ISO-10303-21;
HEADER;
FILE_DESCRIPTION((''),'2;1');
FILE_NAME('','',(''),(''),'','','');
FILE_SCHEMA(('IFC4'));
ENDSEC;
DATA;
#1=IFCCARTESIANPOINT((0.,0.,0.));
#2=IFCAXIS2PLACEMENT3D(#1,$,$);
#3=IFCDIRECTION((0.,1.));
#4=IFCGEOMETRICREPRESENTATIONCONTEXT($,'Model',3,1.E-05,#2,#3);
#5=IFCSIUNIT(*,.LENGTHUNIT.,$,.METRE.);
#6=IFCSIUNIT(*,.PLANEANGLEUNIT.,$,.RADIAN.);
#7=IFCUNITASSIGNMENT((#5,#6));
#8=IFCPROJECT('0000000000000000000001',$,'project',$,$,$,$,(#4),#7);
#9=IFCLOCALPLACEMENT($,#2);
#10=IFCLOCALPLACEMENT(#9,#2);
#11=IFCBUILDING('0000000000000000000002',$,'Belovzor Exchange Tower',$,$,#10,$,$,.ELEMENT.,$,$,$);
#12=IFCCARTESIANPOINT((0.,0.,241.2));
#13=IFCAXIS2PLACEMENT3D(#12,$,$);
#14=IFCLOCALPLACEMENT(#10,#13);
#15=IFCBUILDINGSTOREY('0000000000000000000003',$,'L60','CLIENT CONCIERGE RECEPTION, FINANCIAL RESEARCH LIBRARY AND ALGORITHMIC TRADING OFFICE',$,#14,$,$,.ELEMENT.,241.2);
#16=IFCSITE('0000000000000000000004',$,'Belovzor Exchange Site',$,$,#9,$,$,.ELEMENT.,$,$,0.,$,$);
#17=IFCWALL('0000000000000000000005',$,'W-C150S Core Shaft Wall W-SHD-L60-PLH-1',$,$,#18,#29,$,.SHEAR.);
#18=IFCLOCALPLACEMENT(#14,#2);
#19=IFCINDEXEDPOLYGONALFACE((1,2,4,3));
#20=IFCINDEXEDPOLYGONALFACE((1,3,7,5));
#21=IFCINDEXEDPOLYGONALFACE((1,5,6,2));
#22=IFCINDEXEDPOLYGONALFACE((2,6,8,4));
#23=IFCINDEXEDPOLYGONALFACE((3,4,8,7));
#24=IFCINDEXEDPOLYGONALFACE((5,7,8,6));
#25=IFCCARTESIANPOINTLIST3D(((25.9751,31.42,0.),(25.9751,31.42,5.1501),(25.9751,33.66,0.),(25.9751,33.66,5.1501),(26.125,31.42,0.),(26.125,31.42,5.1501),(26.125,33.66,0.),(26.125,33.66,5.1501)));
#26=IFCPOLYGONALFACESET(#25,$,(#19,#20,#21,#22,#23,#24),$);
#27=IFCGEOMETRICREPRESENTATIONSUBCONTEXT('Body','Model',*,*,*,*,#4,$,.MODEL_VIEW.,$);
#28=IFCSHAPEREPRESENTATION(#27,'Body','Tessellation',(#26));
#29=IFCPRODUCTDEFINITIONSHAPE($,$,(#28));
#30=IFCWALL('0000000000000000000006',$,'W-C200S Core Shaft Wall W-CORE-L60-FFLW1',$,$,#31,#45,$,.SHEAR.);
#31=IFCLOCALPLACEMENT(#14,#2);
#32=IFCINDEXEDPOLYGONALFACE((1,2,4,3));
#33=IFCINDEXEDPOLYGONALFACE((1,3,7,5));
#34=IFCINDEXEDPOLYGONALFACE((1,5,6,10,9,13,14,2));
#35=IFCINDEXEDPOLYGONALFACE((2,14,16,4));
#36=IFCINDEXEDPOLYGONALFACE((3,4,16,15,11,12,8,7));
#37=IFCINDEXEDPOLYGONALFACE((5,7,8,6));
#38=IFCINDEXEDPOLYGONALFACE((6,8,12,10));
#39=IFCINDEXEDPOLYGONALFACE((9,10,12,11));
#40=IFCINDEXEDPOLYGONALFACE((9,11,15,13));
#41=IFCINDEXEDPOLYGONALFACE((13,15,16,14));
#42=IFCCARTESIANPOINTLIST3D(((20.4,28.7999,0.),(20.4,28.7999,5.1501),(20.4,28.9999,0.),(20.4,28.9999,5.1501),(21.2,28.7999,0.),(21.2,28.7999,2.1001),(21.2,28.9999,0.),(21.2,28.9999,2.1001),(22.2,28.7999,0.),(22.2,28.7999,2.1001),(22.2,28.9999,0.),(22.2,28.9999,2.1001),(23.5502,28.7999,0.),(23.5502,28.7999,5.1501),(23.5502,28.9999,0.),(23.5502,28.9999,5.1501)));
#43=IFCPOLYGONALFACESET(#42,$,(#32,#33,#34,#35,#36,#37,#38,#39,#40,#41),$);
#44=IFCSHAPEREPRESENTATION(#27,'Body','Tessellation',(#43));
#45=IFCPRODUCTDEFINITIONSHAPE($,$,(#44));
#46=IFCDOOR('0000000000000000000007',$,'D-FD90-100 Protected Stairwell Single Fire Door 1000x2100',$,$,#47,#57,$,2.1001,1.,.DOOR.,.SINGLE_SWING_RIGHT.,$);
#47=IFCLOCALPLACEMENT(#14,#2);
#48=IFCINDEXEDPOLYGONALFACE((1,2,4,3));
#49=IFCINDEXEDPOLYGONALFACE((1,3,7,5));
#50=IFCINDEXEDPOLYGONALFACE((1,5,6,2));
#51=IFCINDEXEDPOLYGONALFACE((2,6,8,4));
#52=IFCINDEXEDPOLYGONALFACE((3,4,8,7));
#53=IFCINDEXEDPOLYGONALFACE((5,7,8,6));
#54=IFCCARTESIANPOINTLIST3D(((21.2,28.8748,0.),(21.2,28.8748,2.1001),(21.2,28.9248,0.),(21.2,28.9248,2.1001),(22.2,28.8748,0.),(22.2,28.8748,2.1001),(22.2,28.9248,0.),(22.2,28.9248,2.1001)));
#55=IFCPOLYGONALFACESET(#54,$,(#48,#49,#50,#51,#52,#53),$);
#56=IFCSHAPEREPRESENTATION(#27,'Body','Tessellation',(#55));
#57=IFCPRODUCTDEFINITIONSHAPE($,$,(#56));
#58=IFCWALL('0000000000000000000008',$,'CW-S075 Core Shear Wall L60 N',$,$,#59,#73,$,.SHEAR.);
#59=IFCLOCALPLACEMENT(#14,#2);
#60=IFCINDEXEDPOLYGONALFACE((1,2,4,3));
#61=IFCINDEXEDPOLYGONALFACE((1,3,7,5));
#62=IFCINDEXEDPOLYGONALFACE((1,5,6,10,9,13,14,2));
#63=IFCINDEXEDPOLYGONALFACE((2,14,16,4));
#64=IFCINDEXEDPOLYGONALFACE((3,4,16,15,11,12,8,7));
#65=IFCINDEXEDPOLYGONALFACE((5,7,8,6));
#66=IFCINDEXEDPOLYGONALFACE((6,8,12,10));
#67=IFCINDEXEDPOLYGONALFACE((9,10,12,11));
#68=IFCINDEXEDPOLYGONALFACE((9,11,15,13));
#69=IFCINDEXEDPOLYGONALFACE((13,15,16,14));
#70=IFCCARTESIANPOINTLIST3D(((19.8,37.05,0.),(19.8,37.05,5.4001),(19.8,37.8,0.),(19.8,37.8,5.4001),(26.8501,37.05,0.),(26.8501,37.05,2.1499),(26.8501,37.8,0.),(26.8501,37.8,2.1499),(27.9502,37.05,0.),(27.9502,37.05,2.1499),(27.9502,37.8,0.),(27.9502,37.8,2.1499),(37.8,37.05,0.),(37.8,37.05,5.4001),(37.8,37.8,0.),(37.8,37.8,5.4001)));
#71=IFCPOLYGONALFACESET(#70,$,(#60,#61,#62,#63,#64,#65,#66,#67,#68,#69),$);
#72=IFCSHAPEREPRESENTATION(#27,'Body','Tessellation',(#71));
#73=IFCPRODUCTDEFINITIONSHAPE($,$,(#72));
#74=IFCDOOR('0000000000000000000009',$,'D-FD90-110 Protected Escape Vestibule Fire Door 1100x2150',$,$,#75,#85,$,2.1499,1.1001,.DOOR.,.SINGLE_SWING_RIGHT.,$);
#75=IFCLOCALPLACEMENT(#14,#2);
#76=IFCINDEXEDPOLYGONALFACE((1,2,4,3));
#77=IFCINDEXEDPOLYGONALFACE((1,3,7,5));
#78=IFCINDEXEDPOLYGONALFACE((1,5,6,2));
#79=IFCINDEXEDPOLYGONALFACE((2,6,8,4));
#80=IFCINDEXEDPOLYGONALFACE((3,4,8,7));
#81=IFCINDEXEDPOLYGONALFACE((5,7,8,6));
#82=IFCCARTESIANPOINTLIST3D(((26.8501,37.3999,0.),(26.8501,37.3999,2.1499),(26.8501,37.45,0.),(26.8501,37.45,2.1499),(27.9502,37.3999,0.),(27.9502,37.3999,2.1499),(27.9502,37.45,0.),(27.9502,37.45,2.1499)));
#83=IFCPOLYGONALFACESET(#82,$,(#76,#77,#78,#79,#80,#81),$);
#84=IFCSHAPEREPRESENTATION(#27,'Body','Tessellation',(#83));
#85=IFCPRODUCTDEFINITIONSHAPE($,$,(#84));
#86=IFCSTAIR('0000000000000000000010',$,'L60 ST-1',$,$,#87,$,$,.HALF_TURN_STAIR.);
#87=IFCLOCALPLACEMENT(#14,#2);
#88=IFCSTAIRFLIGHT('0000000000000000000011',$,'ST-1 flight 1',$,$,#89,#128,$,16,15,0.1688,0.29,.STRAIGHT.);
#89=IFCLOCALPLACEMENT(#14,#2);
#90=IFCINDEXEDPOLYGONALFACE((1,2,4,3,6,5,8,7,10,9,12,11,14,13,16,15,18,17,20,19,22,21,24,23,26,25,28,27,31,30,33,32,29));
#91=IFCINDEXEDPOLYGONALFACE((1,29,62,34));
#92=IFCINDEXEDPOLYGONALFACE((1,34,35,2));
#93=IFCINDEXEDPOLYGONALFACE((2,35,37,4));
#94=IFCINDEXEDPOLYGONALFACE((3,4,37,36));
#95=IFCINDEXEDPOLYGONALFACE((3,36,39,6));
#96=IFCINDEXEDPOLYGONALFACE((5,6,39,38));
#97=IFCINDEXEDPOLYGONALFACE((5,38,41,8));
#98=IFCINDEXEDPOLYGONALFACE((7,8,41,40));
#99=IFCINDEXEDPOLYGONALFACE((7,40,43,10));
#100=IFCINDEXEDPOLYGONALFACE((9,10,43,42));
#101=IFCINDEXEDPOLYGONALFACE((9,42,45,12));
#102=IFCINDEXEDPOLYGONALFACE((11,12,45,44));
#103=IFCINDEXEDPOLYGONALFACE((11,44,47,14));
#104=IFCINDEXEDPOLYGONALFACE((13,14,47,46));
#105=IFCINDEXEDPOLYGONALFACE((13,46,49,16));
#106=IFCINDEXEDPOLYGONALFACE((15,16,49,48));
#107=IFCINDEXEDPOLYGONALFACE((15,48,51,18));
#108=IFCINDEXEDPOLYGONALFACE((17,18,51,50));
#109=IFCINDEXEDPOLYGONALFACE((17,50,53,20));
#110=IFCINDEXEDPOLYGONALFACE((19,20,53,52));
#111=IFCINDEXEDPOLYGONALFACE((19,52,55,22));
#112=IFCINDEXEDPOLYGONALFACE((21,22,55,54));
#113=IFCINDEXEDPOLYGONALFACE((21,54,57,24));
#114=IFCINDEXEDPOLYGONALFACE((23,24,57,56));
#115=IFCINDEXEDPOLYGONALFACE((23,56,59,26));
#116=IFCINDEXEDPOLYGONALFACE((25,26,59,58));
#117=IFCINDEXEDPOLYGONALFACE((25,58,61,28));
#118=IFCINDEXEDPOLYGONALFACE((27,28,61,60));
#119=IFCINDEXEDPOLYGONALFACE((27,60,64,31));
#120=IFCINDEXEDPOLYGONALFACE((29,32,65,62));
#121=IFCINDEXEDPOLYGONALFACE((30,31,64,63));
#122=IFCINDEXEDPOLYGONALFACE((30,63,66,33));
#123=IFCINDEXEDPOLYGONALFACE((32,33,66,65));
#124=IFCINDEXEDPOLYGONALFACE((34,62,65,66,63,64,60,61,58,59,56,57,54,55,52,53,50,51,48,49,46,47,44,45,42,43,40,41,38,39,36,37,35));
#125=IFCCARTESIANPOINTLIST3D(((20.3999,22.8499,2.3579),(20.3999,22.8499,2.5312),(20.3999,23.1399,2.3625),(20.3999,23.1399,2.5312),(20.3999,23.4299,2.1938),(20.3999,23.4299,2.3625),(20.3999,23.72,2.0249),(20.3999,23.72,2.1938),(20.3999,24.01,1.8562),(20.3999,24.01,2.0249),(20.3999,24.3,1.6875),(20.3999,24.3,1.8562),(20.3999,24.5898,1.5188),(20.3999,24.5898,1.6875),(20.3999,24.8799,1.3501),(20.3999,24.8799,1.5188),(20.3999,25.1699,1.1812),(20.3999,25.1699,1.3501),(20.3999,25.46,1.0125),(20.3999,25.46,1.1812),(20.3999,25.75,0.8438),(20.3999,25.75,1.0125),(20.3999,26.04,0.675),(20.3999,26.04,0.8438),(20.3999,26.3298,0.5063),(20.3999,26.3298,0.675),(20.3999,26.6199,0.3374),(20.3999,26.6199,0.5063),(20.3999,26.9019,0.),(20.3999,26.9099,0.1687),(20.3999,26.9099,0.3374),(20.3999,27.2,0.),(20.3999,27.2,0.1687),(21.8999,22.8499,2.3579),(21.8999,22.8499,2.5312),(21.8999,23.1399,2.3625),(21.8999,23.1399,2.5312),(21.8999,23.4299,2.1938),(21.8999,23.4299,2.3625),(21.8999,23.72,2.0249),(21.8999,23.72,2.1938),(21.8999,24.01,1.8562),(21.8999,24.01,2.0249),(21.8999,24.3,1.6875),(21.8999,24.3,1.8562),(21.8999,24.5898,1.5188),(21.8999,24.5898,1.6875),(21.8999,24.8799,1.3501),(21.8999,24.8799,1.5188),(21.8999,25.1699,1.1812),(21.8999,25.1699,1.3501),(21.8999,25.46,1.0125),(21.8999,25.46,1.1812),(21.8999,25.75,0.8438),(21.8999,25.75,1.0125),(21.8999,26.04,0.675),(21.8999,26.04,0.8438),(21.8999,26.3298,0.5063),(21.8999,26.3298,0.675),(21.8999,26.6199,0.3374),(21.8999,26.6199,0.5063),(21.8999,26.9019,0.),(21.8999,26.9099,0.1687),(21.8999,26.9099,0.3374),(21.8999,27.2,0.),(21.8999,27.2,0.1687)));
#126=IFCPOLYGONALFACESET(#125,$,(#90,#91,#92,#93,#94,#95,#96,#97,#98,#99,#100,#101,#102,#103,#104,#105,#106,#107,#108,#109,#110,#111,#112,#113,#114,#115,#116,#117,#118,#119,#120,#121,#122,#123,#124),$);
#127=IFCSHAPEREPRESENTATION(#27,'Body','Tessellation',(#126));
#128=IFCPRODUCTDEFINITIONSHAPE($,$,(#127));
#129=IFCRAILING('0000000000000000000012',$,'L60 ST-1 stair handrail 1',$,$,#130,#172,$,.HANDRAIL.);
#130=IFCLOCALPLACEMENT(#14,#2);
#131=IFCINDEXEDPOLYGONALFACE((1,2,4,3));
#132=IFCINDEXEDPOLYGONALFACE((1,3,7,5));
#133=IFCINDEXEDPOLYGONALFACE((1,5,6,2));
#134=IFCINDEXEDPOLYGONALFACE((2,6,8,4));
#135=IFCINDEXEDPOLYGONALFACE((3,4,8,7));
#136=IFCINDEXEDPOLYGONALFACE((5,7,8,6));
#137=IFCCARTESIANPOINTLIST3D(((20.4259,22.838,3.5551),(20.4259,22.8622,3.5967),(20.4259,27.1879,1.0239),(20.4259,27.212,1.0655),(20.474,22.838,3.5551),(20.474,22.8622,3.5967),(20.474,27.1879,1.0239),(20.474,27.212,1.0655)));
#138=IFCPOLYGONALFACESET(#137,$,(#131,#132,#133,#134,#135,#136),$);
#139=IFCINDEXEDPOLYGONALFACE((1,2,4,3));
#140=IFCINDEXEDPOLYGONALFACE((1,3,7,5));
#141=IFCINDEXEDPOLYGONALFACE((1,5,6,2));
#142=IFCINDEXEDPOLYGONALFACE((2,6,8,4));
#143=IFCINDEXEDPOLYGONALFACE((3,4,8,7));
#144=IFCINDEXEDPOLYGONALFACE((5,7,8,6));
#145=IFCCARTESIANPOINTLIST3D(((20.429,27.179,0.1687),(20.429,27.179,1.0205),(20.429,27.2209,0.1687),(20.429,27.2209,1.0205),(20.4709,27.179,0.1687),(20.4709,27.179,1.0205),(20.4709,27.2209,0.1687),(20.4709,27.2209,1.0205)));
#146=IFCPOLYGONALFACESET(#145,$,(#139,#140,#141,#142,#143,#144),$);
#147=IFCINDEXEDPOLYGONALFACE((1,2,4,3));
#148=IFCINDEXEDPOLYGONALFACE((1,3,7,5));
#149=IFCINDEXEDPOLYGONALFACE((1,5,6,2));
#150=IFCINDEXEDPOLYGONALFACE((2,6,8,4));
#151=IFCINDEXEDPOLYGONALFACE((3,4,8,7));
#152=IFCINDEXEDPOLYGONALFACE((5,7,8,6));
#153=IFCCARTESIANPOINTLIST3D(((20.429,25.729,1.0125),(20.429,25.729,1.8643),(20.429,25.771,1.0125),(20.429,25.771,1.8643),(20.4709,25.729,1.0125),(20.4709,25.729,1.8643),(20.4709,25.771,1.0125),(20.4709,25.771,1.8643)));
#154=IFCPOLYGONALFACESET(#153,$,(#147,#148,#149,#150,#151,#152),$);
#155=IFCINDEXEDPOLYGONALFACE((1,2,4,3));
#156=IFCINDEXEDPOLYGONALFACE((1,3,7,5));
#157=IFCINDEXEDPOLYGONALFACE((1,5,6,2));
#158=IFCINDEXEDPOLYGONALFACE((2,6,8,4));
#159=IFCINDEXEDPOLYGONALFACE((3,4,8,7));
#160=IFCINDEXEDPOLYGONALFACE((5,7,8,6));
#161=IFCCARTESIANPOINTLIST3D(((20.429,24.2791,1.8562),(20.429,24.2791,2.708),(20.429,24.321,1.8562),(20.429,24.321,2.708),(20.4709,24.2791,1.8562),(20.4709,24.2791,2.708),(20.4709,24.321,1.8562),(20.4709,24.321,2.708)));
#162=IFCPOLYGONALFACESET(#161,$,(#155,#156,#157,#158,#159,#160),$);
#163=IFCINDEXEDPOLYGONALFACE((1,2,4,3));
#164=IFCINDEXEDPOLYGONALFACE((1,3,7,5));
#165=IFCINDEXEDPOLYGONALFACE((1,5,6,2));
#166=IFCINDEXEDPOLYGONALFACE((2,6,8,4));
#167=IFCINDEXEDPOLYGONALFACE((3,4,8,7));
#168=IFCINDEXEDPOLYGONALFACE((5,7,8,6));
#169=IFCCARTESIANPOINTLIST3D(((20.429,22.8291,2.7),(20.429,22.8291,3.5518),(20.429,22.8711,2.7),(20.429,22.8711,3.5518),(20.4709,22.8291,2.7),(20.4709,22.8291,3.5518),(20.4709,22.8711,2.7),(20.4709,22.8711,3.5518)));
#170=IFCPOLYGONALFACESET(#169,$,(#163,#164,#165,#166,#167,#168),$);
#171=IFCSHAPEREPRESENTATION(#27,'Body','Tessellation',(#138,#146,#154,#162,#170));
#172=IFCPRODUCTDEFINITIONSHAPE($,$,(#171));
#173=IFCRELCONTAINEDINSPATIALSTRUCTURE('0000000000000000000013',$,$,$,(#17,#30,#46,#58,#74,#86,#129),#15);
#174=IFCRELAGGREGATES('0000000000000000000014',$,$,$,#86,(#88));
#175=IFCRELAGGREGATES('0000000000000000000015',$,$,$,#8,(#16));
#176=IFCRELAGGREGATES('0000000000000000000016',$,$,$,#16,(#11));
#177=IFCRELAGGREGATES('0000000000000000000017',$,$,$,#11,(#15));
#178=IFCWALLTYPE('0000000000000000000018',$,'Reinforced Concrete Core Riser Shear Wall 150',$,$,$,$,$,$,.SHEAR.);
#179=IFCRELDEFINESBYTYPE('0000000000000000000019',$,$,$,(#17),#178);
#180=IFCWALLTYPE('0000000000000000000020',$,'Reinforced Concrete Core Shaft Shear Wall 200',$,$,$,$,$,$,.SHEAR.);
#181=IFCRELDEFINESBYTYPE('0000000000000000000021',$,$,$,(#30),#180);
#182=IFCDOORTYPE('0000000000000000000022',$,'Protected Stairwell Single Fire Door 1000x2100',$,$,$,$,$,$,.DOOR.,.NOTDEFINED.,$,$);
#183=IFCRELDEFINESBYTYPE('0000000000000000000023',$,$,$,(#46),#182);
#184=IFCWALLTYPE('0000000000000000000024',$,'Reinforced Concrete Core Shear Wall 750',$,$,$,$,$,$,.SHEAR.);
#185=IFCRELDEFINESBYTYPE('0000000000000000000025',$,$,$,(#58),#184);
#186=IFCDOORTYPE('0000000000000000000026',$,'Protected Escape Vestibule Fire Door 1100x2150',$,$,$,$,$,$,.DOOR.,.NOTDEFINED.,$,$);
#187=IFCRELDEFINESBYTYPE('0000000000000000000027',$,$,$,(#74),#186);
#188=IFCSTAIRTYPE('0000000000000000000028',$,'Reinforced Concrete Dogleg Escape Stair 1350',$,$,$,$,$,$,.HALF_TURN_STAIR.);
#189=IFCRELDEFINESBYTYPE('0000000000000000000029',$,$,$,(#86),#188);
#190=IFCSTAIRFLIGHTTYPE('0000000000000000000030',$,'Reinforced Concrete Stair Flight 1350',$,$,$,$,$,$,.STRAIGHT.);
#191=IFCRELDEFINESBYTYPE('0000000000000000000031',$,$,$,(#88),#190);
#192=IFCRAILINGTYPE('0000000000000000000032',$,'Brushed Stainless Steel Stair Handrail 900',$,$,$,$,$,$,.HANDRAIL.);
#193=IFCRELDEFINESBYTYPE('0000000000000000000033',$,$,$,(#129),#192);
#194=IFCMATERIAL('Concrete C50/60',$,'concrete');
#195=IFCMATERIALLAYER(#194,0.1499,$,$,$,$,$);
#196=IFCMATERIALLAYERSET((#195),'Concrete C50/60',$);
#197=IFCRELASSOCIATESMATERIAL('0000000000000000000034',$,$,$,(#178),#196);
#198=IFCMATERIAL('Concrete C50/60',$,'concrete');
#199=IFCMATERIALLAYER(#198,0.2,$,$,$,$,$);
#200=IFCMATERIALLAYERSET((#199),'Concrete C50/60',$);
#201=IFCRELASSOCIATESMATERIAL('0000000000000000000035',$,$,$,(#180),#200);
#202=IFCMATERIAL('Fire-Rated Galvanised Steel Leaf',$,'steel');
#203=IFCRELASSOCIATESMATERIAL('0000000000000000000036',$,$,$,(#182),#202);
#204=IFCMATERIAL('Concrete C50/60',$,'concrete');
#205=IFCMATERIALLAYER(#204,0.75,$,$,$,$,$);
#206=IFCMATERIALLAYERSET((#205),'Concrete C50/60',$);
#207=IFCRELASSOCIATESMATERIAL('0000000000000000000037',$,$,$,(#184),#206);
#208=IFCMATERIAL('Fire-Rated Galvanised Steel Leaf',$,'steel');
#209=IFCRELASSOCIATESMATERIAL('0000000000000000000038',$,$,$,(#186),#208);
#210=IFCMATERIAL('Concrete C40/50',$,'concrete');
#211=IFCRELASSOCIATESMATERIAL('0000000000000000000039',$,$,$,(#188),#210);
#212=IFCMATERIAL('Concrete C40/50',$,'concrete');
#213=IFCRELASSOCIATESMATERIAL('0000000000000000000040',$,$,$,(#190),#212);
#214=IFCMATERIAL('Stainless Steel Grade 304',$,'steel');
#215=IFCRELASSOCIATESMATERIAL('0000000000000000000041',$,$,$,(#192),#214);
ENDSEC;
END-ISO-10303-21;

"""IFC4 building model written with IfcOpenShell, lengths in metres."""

from ifc_helpers import new_model, si_unit, direction, frame, frame_2d, origin, origin_2d, place, context, subcontext, project, spatial, polyline, rectangle, outline, extrude, material, layer, layer_set, type_object, element, fill, aggregate, save


model = new_model("IFC4")

# Units and contexts
model_context = context("Model", 3, precision=1e-05, world=origin(), true_north=direction((0.0, 1.0)))
body_context = subcontext(model_context, "Body", "Model", "MODEL_VIEW")
ifc_project = project(units=[si_unit("LENGTHUNIT", "METRE"), si_unit("PLANEANGLEUNIT", "RADIAN")], contexts=[model_context])

# Site, building, storey
site_placement = place(None, origin())
site = spatial("IfcSite", under=ifc_project, at=site_placement, Name="Belovzor Exchange Site", CompositionType="ELEMENT", RefElevation=0.0)
building_placement = place(site_placement, origin())
building = spatial("IfcBuilding", under=site, at=building_placement, Name="Belovzor Exchange Tower", CompositionType="ELEMENT")
storey_placement = place(building_placement, frame((0.0, 0.0, 241.2)))
storey = spatial("IfcBuildingStorey", under=building, at=storey_placement, Name="L60", Description="CLIENT CONCIERGE RECEPTION, FINANCIAL RESEARCH LIBRARY AND ALGORITHMIC TRADING OFFICE", CompositionType="ELEMENT", Elevation=241.2)

# Wall
ifc_material_1 = material(Name="Concrete C50/60", Category="concrete")
ifc_layer_1 = layer(ifc_material_1, 0.1499)
ifc_layer_set_1 = layer_set([ifc_layer_1], Name="Concrete C50/60")
wall_type_1 = type_object("IfcWallType", Name="Reinforced Concrete Core Riser Shear Wall 150", PredefinedType="SHEAR", material=ifc_layer_set_1)
wall_1_placement = place(storey_placement, frame((26.05, 31.4199, 0.0), z_axis=(0.0, 0.0, 1.0), x_axis=(0.0, 1.0, 0.0)))
element("IfcWall", 1, at=wall_1_placement, inside=storey, type_object=wall_type_1, Name="W-C150S Core Shaft Wall W-SHD-L60-PLH-1", PredefinedType="SHEAR", context=body_context, shape_type="SweptSolid", body=[
    extrude(rectangle(XDim=2.24, YDim=0.1499, at=frame_2d((1.1201, 0.0))), origin(), (0.0, 0.0, 1.0), 5.1501),
])

# Walls, openings, doors
ifc_material_2 = material(Name="Concrete C50/60", Category="concrete")
ifc_layer_2 = layer(ifc_material_2, 0.2)
ifc_layer_set_2 = layer_set([ifc_layer_2], Name="Concrete C50/60")
wall_type_2 = type_object("IfcWallType", Name="Reinforced Concrete Core Shaft Shear Wall 200", PredefinedType="SHEAR", material=ifc_layer_set_2)
wall_2_placement = place(storey_placement, frame((20.3999, 28.8999, 0.0), z_axis=(0.0, 0.0, 1.0), x_axis=(1.0, 0.0, 0.0)))
wall_2 = element("IfcWall", 2, at=wall_2_placement, inside=storey, type_object=wall_type_2, Name="W-C200S Core Shaft Wall W-CORE-L60-FFLW1", PredefinedType="SHEAR", context=body_context, shape_type="SweptSolid", body=[
    extrude(rectangle(XDim=3.1501, YDim=0.2, at=frame_2d((1.5752, 0.0))), origin(), (0.0, 0.0, 1.0), 5.1501),
])
opening_1_placement = place(wall_2_placement, frame((0.8, 0.0, 0.0)))
opening_1 = element("IfcOpeningElement", 3, at=opening_1_placement, cuts=wall_2, PredefinedType="OPENING", context=body_context, shape_type="SweptSolid", body=[
    extrude(rectangle(XDim=1.0, YDim=2.1001, at=frame_2d((0.5, 1.05))), frame((0.0, 0.1099, 0.0), z_axis=(0.0, -1.0, 0.0), x_axis=(1.0, 0.0, 0.0)), (0.0, 0.0, 1.0), 0.22),
])
ifc_material_3 = material(Name="Fire-Rated Galvanised Steel Leaf", Category="steel")
door_type_1 = type_object("IfcDoorType", Name="Protected Stairwell Single Fire Door 1000x2100", OperationType="NOTDEFINED", PredefinedType="DOOR", material=ifc_material_3)
door_1_placement = place(opening_1_placement, origin())
door_1 = element("IfcDoor", 4, at=door_1_placement, inside=storey, type_object=door_type_1, Name="D-FD90-100 Protected Stairwell Single Fire Door 1000x2100", OperationType="SINGLE_SWING_RIGHT", OverallHeight=2.1001, OverallWidth=1.0, PredefinedType="DOOR", context=body_context, shape_type="SweptSolid", body=[
    extrude(rectangle(XDim=1.0, YDim=2.1001, at=frame_2d((0.5, 1.05))), frame((0.0, 0.0249, 0.0), z_axis=(0.0, -1.0, 0.0), x_axis=(1.0, 0.0, 0.0)), (0.0, 0.0, 1.0), 0.05),
])
fill(opening_1, door_1)
ifc_material_4 = material(Name="Concrete C50/60", Category="concrete")
ifc_layer_3 = layer(ifc_material_4, 0.75)
ifc_layer_set_3 = layer_set([ifc_layer_3], Name="Concrete C50/60")
wall_type_3 = type_object("IfcWallType", Name="Reinforced Concrete Core Shear Wall 750", PredefinedType="SHEAR", material=ifc_layer_set_3)
wall_3_placement = place(storey_placement, frame((19.8, 37.425, 0.0), z_axis=(0.0, 0.0, 1.0), x_axis=(1.0, 0.0, 0.0)))
wall_3 = element("IfcWall", 5, at=wall_3_placement, inside=storey, type_object=wall_type_3, Name="CW-S075 Core Shear Wall L60 N", PredefinedType="SHEAR", context=body_context, shape_type="SweptSolid", body=[
    extrude(rectangle(XDim=18.0, YDim=0.75, at=frame_2d((9.0, 0.0))), origin(), (0.0, 0.0, 1.0), 5.4001),
])
opening_2_placement = place(wall_3_placement, frame((7.05, 0.0, 0.0)))
opening_2 = element("IfcOpeningElement", 6, at=opening_2_placement, cuts=wall_3, PredefinedType="OPENING", context=body_context, shape_type="SweptSolid", body=[
    extrude(rectangle(XDim=1.1001, YDim=2.1499, at=frame_2d((0.55, 1.075))), frame((0.0, 0.385, 0.0), z_axis=(0.0, -1.0, 0.0), x_axis=(1.0, 0.0, 0.0)), (0.0, 0.0, 1.0), 0.77),
])
ifc_material_5 = material(Name="Fire-Rated Galvanised Steel Leaf", Category="steel")
door_type_2 = type_object("IfcDoorType", Name="Protected Escape Vestibule Fire Door 1100x2150", OperationType="NOTDEFINED", PredefinedType="DOOR", material=ifc_material_5)
door_2_placement = place(opening_2_placement, origin())
door_2 = element("IfcDoor", 7, at=door_2_placement, inside=storey, type_object=door_type_2, Name="D-FD90-110 Protected Escape Vestibule Fire Door 1100x2150", OperationType="SINGLE_SWING_RIGHT", OverallHeight=2.1499, OverallWidth=1.1001, PredefinedType="DOOR", context=body_context, shape_type="SweptSolid", body=[
    extrude(rectangle(XDim=1.1001, YDim=2.1499, at=frame_2d((0.55, 1.075))), frame((0.0, 0.0249, 0.0), z_axis=(0.0, -1.0, 0.0), x_axis=(1.0, 0.0, 0.0)), (0.0, 0.0, 1.0), 0.05),
])
fill(opening_2, door_2)

# Stair, stair flight
ifc_material_6 = material(Name="Concrete C40/50", Category="concrete")
stair_type = type_object("IfcStairType", Name="Reinforced Concrete Dogleg Escape Stair 1350", PredefinedType="HALF_TURN_STAIR", material=ifc_material_6)
stair_placement = place(storey_placement, origin())
stair = element("IfcStair", 8, at=stair_placement, inside=storey, type_object=stair_type, Name="L60 ST-1", PredefinedType="HALF_TURN_STAIR")
ifc_material_7 = material(Name="Concrete C40/50", Category="concrete")
stair_flight_type = type_object("IfcStairFlightType", Name="Reinforced Concrete Stair Flight 1350", PredefinedType="STRAIGHT", material=ifc_material_7)
stair_flight_placement = place(storey_placement, frame((21.1499, 27.2, 0.0), z_axis=(0.0, 0.0, 1.0), x_axis=(0.0, -1.0, 0.0)))
stair_flight = element("IfcStairFlight", 9, at=stair_flight_placement, type_object=stair_flight_type, Name="ST-1 flight 1", NumberOfRisers=16, NumberOfTreads=15, PredefinedType="STRAIGHT", RiserHeight=0.1688, TreadLength=0.29, context=body_context, shape_type="SweptSolid", body=[
    extrude(outline(polyline([(0.0, 0.0), (0.0, 0.1687), (0.29, 0.1687), (0.29, 0.3374), (0.5801, 0.3374), (0.5801, 0.5063), (0.8701, 0.5063), (0.8701, 0.675), (1.1599, 0.675), (1.1599, 0.8438), (1.45, 0.8438), (1.45, 1.0125), (1.74, 1.0125), (1.74, 1.1812), (2.03, 1.1812), (2.03, 1.3501), (2.3201, 1.3501), (2.3201, 1.5188), (2.6101, 1.5188), (2.6101, 1.6875), (2.8999, 1.6875), (2.8999, 1.8562), (3.1899, 1.8562), (3.1899, 2.0249), (3.48, 2.0249), (3.48, 2.1938), (3.77, 2.1938), (3.77, 2.3625), (4.0601, 2.3625), (4.0601, 2.5312), (4.3501, 2.5312), (4.3501, 2.7), (4.3501, 2.3579), (0.2981, 0.0), (0.0, 0.0)])), frame((0.0, 0.75, 0.0), z_axis=(0.0, -1.0, 0.0), x_axis=(1.0, 0.0, 0.0)), (0.0, 0.0, 1.0), 1.5),
])
aggregate(stair, [stair_flight])

# Railing
ifc_material_8 = material(Name="Stainless Steel Grade 304", Category="steel")
railing_type_1 = type_object("IfcRailingType", Name="Brushed Stainless Steel Stair Handrail 900", PredefinedType="HANDRAIL", material=ifc_material_8)
railing_1_placement = place(storey_placement, frame((20.45, 27.2, 0.1687)))
element("IfcRailing", 10, at=railing_1_placement, inside=storey, type_object=railing_type_1, Name="L60 ST-1 stair handrail 1", PredefinedType="HANDRAIL", context=body_context, shape_type="SweptSolid", body=[
    extrude(rectangle(XDim=0.0481, YDim=0.0481, at=origin_2d()), frame((0.0, 0.0, 0.876), z_axis=(0.0, -0.864312, 0.502957), x_axis=(1.0, 0.0, 0.0)), (0.0, 0.0, 1.0), 5.0327),
    extrude(rectangle(XDim=0.042, YDim=0.042, at=origin_2d()), origin(), (0.0, 0.0, 1.0), 0.8518),
    extrude(rectangle(XDim=0.042, YDim=0.042, at=origin_2d()), frame((0.0, -1.45, 0.8438)), (0.0, 0.0, 1.0), 0.8518),
    extrude(rectangle(XDim=0.042, YDim=0.042, at=origin_2d()), frame((0.0, -2.8999, 1.6875)), (0.0, 0.0, 1.0), 0.8518),
    extrude(rectangle(XDim=0.042, YDim=0.042, at=origin_2d()), frame((0.0, -4.3499, 2.5312)), (0.0, 0.0, 1.0), 0.8518),
])

save(model, "model.ifc")
